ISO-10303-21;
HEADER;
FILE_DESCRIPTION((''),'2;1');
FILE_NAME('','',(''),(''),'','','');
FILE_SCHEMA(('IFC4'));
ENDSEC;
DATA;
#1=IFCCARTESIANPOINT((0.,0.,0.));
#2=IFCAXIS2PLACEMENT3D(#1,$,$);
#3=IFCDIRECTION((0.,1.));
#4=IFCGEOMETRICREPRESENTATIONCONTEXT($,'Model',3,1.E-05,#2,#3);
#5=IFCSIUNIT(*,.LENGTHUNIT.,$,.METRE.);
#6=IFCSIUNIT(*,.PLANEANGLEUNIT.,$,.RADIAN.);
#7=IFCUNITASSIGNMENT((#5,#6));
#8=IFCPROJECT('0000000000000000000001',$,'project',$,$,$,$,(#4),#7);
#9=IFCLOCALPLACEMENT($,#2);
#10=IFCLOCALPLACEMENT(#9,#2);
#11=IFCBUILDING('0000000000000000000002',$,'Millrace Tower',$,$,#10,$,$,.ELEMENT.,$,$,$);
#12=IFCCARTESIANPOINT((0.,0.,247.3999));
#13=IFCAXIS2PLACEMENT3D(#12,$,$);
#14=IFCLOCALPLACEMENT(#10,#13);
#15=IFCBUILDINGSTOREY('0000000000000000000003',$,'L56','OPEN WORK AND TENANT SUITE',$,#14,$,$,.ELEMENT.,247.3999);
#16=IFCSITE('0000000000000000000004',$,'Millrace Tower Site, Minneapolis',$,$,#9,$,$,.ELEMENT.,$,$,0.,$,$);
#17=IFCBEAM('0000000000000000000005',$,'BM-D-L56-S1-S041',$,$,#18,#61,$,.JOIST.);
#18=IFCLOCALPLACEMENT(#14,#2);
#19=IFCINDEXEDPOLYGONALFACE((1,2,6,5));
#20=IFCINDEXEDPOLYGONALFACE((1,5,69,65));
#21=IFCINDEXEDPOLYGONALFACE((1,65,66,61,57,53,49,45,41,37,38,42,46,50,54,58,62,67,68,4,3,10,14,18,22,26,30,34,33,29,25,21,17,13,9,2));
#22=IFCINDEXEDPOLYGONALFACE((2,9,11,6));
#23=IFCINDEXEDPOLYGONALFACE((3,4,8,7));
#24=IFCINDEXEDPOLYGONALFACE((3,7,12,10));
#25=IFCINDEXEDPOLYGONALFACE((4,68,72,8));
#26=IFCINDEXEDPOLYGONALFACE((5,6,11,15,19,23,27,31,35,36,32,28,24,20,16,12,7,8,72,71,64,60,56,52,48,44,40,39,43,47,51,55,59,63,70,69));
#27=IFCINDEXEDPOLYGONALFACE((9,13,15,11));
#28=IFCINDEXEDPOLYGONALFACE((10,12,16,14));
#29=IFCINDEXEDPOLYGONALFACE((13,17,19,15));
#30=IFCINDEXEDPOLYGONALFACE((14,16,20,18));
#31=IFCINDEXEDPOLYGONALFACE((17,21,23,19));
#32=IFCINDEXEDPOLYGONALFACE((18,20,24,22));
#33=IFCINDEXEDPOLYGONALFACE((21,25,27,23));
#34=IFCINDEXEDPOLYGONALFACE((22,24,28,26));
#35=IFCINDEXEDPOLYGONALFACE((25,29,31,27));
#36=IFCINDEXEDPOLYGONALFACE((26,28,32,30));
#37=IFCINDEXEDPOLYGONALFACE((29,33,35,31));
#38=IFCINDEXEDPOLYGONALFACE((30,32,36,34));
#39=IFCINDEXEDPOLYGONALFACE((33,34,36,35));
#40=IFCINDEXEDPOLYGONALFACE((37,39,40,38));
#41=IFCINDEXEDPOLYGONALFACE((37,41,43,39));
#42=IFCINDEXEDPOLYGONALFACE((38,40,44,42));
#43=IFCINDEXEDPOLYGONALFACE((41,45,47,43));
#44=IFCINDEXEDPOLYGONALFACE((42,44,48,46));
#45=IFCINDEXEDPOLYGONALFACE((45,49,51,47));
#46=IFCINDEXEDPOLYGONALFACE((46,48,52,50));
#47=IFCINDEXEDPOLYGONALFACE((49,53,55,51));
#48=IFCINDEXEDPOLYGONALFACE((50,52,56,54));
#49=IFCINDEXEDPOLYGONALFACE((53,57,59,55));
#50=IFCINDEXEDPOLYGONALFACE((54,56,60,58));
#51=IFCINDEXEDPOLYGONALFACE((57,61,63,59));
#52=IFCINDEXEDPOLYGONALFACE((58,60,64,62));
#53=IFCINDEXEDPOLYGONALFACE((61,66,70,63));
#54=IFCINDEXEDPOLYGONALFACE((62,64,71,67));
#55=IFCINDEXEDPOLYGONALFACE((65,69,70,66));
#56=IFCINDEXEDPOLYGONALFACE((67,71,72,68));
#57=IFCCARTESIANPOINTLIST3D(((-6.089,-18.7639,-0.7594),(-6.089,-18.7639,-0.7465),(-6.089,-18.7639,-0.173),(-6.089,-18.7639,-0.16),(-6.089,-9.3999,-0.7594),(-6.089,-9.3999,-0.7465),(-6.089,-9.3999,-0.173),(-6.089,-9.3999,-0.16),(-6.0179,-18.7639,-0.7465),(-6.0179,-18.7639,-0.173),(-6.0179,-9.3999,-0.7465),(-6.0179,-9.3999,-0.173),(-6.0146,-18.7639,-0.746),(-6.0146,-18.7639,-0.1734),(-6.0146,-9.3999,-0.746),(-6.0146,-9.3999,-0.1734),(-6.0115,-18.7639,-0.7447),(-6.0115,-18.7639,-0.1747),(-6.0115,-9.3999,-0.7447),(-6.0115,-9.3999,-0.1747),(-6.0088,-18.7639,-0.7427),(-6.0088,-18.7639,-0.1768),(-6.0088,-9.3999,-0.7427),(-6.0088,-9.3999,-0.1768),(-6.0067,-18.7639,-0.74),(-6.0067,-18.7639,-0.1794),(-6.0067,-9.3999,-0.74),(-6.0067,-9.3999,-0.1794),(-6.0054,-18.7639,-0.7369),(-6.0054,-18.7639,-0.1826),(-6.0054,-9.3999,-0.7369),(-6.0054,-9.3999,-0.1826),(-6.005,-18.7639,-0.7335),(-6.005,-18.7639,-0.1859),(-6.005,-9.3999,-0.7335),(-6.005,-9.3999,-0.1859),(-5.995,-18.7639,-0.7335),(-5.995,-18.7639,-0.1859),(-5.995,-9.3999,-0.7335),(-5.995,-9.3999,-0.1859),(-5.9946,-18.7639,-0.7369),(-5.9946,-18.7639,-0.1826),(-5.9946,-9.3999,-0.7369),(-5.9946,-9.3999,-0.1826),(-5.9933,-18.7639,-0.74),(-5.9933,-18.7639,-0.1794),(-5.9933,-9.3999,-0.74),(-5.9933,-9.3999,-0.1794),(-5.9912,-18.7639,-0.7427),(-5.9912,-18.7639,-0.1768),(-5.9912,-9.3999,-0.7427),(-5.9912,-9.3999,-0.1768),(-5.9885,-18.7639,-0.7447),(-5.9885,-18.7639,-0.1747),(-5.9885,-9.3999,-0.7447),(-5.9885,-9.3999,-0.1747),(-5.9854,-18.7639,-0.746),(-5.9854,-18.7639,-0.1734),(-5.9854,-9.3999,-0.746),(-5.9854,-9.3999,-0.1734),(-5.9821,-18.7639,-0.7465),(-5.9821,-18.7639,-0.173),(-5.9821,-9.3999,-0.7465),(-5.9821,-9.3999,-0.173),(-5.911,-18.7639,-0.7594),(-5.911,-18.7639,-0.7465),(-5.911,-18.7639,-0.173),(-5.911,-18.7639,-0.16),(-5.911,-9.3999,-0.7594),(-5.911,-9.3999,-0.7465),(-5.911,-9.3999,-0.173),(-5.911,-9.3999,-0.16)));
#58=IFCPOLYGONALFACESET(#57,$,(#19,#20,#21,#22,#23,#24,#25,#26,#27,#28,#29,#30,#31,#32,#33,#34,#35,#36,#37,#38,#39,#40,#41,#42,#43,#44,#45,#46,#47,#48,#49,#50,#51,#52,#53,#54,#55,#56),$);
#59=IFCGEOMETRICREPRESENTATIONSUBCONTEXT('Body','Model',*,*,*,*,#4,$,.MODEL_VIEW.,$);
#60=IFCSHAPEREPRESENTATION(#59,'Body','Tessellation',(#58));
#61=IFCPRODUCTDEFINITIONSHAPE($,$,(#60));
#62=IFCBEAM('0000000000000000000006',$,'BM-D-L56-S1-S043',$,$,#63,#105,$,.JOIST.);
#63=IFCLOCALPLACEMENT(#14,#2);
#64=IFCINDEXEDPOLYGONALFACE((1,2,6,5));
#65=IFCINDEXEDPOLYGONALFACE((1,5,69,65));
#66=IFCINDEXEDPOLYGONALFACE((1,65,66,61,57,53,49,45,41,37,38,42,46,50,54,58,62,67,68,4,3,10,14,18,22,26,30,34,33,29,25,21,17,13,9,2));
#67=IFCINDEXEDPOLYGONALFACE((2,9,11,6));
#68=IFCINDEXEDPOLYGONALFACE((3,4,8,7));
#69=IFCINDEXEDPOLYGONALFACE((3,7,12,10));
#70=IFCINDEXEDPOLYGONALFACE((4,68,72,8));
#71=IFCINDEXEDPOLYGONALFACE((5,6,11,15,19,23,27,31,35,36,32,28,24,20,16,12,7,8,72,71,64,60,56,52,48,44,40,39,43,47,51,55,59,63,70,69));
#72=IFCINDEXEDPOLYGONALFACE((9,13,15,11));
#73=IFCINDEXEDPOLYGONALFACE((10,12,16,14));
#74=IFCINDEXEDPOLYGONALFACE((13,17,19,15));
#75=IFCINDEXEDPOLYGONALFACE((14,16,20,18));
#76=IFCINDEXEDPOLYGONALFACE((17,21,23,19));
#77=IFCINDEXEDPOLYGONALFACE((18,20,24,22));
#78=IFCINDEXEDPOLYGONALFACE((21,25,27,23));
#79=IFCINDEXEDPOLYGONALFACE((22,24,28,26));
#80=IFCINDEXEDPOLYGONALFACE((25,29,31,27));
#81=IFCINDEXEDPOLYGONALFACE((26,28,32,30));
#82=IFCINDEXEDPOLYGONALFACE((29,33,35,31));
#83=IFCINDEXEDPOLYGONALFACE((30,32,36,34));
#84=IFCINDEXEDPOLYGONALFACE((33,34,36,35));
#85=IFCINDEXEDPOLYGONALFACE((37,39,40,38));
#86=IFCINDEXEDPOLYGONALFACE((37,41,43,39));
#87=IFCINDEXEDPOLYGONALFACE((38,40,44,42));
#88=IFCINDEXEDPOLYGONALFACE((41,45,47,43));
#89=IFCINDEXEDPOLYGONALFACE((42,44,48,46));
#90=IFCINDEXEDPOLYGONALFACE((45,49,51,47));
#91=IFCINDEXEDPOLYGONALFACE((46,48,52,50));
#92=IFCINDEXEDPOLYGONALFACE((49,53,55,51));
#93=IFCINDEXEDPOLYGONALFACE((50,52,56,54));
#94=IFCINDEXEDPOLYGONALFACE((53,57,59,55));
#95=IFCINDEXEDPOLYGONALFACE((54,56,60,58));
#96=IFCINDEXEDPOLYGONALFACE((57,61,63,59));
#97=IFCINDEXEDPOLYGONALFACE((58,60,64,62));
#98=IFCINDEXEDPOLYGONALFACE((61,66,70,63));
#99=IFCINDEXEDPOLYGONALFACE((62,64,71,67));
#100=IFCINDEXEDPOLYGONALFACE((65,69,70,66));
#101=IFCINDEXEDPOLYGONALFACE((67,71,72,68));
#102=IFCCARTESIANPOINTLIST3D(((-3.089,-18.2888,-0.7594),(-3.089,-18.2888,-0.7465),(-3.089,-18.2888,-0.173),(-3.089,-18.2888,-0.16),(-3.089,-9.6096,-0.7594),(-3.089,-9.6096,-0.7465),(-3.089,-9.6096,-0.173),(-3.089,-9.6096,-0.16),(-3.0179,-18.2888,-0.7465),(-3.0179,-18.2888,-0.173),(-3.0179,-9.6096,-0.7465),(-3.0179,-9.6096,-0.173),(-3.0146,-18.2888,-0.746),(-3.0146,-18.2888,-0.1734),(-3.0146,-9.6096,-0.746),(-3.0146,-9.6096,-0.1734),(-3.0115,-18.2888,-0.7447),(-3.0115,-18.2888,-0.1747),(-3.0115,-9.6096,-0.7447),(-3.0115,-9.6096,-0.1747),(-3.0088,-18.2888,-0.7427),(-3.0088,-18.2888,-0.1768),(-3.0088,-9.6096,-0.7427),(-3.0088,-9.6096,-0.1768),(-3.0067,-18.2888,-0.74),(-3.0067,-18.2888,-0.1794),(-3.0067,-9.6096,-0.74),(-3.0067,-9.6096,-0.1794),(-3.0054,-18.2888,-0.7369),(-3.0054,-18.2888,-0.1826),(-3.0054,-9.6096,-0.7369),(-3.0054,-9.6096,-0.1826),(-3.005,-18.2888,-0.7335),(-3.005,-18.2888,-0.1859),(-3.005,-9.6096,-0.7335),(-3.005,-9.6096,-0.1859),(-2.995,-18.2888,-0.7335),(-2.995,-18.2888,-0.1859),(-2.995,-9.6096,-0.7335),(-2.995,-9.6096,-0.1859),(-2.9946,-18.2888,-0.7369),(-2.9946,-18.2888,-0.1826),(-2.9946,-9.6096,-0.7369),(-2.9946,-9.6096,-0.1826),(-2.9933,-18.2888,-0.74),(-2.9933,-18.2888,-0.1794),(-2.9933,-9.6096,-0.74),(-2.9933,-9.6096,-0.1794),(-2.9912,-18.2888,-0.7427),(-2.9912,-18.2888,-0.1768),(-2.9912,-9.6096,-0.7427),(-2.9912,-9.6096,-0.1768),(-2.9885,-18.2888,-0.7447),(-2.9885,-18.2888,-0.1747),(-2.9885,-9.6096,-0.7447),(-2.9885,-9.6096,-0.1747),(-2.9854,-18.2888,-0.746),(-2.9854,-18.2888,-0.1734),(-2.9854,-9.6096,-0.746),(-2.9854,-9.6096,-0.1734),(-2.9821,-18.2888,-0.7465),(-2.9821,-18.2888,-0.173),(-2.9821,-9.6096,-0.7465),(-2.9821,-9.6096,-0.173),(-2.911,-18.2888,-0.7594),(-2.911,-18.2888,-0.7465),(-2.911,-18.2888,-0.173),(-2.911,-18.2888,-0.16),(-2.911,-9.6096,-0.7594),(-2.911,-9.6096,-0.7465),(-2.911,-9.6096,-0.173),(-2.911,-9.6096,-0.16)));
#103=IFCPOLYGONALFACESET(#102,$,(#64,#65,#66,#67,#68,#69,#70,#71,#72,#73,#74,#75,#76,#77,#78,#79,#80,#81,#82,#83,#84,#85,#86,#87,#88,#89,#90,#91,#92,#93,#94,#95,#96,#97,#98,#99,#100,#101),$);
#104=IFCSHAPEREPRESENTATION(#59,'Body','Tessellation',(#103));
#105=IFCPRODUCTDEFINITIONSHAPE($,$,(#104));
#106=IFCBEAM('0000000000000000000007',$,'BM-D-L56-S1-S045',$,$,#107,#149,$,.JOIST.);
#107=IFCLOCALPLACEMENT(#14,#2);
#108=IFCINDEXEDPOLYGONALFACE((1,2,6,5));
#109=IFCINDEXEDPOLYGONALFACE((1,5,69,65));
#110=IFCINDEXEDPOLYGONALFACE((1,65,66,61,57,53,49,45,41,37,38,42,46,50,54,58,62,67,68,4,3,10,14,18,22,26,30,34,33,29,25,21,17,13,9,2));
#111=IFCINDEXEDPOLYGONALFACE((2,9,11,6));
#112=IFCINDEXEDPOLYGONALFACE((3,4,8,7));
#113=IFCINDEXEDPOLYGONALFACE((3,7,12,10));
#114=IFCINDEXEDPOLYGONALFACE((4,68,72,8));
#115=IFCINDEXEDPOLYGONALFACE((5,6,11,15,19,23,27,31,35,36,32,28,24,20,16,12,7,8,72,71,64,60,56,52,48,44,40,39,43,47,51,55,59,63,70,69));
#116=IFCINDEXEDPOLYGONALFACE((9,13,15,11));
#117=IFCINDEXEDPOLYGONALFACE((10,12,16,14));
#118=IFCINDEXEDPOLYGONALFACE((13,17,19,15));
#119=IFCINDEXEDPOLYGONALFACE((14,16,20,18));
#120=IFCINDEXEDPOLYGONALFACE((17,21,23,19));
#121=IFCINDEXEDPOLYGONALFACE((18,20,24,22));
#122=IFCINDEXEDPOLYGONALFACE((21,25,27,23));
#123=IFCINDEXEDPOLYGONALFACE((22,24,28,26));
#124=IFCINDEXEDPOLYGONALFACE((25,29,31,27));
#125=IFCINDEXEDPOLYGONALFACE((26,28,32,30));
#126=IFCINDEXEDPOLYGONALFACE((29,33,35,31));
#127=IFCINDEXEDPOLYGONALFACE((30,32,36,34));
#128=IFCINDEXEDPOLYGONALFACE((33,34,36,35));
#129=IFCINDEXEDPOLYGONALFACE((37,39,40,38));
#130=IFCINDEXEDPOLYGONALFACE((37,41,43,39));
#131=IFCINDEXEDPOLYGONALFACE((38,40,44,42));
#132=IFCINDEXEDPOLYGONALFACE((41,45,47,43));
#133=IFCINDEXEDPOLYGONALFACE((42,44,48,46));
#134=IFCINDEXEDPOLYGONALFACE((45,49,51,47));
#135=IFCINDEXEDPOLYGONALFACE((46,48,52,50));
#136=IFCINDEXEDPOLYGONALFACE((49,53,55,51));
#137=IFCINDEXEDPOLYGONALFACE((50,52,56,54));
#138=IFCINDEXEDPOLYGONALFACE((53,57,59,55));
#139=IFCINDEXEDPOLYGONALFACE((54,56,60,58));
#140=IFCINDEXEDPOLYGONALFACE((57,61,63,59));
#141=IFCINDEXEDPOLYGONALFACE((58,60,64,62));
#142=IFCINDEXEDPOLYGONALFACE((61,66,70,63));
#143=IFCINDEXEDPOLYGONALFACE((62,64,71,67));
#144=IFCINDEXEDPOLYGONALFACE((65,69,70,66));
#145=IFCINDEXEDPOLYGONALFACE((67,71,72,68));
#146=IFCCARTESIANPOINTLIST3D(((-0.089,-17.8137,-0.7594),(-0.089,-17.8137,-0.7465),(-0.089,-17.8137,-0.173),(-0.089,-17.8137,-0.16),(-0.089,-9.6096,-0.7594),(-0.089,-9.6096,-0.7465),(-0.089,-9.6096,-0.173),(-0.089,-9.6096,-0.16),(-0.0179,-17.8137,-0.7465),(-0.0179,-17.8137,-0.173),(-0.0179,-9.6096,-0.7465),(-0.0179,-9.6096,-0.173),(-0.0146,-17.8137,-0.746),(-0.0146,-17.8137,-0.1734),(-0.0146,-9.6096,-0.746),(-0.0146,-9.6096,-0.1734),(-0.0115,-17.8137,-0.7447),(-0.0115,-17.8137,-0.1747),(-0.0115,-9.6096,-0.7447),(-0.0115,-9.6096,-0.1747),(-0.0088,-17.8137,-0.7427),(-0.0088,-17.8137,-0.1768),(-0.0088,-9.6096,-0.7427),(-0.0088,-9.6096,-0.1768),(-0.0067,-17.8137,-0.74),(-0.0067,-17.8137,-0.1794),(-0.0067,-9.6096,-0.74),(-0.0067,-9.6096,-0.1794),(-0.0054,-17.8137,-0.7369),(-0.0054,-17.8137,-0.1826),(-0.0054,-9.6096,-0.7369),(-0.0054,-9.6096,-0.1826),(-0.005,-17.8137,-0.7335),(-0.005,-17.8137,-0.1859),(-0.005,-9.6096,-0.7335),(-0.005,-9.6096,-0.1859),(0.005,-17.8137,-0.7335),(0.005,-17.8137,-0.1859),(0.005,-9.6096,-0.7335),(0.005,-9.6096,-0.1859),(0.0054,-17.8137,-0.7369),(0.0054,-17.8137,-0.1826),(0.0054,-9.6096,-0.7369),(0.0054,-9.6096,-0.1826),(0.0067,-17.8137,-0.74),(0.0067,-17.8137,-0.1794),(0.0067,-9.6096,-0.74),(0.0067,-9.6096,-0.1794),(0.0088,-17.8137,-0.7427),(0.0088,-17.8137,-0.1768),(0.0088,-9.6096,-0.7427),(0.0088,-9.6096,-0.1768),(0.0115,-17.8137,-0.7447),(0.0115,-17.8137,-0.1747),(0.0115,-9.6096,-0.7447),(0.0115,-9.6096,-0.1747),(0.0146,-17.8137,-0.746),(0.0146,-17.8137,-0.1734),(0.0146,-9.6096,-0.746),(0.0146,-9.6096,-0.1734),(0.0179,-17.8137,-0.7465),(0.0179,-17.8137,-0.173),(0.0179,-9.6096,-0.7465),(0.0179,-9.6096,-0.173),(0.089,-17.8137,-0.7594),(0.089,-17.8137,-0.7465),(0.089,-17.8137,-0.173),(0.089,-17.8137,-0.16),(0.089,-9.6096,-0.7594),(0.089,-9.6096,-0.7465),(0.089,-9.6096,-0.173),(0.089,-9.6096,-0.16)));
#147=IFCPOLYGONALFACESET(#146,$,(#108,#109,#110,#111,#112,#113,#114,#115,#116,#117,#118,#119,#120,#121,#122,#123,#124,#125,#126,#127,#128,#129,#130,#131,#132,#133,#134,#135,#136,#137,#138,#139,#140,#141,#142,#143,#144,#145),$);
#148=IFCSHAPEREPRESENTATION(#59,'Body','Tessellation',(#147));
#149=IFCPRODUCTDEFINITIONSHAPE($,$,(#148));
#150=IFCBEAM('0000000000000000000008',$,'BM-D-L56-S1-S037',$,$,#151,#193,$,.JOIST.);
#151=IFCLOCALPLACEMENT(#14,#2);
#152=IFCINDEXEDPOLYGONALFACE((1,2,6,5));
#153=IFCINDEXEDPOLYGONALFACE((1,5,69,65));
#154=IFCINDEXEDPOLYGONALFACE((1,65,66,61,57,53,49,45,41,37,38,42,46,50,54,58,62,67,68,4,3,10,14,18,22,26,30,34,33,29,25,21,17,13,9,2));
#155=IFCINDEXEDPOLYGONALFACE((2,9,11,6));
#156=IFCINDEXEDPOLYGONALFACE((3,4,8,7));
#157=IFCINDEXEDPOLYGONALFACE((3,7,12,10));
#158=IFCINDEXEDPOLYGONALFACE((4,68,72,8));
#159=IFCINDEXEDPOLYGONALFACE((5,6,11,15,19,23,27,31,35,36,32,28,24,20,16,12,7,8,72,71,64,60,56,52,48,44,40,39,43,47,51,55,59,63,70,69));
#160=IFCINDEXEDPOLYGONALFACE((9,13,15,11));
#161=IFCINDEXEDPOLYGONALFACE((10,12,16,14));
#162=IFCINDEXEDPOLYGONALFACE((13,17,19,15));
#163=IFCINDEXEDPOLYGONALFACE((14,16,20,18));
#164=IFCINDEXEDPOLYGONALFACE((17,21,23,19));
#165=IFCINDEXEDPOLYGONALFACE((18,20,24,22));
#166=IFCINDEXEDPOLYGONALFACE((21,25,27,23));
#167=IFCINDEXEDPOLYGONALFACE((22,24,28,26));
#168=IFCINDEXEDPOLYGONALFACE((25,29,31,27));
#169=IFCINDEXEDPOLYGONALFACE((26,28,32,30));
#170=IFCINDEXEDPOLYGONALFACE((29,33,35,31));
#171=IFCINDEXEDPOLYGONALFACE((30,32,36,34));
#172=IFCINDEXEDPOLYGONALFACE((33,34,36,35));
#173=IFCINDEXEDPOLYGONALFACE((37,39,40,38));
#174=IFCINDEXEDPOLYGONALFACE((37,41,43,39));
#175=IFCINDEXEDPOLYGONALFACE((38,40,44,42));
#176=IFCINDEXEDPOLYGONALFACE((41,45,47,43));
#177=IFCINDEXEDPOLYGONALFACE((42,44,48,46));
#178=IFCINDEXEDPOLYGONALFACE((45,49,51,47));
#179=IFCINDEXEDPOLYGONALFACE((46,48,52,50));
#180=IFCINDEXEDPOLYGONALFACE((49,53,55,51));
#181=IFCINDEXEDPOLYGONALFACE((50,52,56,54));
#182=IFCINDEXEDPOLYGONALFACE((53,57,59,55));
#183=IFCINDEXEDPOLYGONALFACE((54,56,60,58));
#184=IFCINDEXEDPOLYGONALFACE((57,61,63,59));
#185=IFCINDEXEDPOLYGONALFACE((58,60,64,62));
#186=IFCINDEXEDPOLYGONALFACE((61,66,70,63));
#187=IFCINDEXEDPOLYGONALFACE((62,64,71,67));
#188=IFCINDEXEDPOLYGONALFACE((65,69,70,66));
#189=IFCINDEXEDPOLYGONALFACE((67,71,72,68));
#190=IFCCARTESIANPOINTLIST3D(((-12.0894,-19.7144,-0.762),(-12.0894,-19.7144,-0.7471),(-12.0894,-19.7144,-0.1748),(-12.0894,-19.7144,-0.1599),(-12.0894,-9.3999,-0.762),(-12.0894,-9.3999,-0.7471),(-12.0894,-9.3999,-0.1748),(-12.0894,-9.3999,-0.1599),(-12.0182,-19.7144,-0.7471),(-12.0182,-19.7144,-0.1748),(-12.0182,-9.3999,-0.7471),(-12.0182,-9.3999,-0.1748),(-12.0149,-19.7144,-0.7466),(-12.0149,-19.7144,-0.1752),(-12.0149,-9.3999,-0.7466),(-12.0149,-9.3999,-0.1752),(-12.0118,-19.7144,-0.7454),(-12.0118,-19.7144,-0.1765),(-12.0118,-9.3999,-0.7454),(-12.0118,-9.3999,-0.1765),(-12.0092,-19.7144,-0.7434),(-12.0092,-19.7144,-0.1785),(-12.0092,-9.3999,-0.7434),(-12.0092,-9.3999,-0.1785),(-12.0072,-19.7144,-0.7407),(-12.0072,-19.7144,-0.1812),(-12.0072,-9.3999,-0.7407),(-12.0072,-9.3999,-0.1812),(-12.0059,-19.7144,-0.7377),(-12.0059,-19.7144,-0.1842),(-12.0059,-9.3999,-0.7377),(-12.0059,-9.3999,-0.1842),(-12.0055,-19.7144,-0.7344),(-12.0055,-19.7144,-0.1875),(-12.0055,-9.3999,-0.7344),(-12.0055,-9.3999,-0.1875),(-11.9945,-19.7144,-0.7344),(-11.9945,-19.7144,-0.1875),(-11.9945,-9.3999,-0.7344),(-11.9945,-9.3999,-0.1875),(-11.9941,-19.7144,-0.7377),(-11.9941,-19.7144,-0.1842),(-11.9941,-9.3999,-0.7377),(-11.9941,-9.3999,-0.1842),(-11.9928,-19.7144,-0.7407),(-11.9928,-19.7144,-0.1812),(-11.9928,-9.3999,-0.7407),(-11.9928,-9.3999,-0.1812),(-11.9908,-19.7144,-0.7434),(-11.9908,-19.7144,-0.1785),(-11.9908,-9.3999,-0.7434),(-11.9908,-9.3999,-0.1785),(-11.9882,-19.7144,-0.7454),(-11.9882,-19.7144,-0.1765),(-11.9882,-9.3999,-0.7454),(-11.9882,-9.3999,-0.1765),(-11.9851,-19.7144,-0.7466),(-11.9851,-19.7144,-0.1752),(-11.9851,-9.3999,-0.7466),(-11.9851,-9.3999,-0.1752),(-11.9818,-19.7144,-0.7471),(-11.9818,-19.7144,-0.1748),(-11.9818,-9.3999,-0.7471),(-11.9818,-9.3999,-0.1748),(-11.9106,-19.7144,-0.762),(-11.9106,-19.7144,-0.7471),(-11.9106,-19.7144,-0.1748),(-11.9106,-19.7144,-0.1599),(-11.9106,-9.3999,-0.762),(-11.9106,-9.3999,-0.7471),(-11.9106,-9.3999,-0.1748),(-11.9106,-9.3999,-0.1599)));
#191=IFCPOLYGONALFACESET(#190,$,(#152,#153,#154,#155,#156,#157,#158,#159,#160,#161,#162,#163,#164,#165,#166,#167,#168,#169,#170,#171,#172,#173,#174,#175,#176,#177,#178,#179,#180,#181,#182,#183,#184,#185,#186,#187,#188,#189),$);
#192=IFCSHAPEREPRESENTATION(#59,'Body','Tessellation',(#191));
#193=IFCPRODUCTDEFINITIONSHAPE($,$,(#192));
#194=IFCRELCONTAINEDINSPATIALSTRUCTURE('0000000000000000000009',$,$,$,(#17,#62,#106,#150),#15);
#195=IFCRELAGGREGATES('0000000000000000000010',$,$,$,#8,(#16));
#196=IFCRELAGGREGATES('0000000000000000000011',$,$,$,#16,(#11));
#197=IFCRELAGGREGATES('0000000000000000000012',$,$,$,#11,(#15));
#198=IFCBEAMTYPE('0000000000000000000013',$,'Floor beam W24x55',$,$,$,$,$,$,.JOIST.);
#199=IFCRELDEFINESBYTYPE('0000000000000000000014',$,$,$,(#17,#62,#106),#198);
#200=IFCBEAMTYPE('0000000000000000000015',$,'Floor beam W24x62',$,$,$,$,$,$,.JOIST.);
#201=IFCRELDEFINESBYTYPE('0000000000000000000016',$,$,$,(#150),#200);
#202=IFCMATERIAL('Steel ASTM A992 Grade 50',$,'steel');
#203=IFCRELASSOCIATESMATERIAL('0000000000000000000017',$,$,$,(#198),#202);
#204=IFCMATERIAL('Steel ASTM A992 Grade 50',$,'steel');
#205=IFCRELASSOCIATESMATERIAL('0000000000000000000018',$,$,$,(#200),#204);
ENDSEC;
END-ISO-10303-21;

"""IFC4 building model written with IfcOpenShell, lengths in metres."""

from ifc_helpers import new_model, si_unit, direction, frame, origin, origin_2d, place, context, subcontext, project, spatial, i_section, extrude, material, material_profile, profile_set, type_object, element, save


model = new_model("IFC4")

# Units and contexts
model_context = context("Model", 3, precision=1e-05, world=origin(), true_north=direction((0.0, 1.0)))
body_context = subcontext(model_context, "Body", "Model", "MODEL_VIEW")
ifc_project = project(units=[si_unit("LENGTHUNIT", "METRE"), si_unit("PLANEANGLEUNIT", "RADIAN")], contexts=[model_context])

# Site, building, storey
site_placement = place(None, origin())
site = spatial("IfcSite", under=ifc_project, at=site_placement, Name="Millrace Tower Site, Minneapolis", CompositionType="ELEMENT", RefElevation=0.0)
building_placement = place(site_placement, origin())
building = spatial("IfcBuilding", under=site, at=building_placement, Name="Millrace Tower", CompositionType="ELEMENT")
storey_placement = place(building_placement, frame((0.0, 0.0, 247.3999)))
storey = spatial("IfcBuildingStorey", under=building, at=storey_placement, Name="L56", Description="OPEN WORK AND TENANT SUITE", CompositionType="ELEMENT", Elevation=247.3999)

# Beams
ifc_material_1 = material(Name="Steel ASTM A992 Grade 50", Category="steel")
ifc_material_profile_1 = material_profile(ifc_material_1, i_section(OverallWidth=0.178, OverallDepth=0.5994, WebThickness=0.01, FlangeThickness=0.0129, FilletRadius=0.0129, at=origin_2d()))
ifc_profile_set_1 = profile_set([ifc_material_profile_1], Name="Steel ASTM A992 Grade 50")
beam_type_1 = type_object("IfcBeamType", Name="Floor beam W24x55", PredefinedType="JOIST", material=ifc_profile_set_1)
beam_1_placement = place(storey_placement, frame((-6.0, -18.7639, -0.4597), z_axis=(0.0, 1.0, 0.0), x_axis=(-1.0, 0.0, 0.0)))
element("IfcBeam", 1, at=beam_1_placement, inside=storey, type_object=beam_type_1, Name="BM-D-L56-S1-S041", PredefinedType="JOIST", context=body_context, shape_type="SweptSolid", body=[
    extrude(i_section(OverallWidth=0.178, OverallDepth=0.5994, WebThickness=0.01, FlangeThickness=0.0129, FilletRadius=0.0129, at=origin_2d()), origin(), (0.0, 0.0, 1.0), 9.364),
])
beam_2_placement = place(storey_placement, frame((-3.0, -18.2888, -0.4597), z_axis=(0.0, 1.0, 0.0), x_axis=(-1.0, 0.0, 0.0)))
element("IfcBeam", 2, at=beam_2_placement, inside=storey, type_object=beam_type_1, Name="BM-D-L56-S1-S043", PredefinedType="JOIST", context=body_context, shape_type="SweptSolid", body=[
    extrude(i_section(OverallWidth=0.178, OverallDepth=0.5994, WebThickness=0.01, FlangeThickness=0.0129, FilletRadius=0.0129, at=origin_2d()), origin(), (0.0, 0.0, 1.0), 8.6792),
])
beam_3_placement = place(storey_placement, frame((0.0, -17.8137, -0.4597), z_axis=(0.0, 1.0, 0.0), x_axis=(-1.0, 0.0, 0.0)))
element("IfcBeam", 3, at=beam_3_placement, inside=storey, type_object=beam_type_1, Name="BM-D-L56-S1-S045", PredefinedType="JOIST", context=body_context, shape_type="SweptSolid", body=[
    extrude(i_section(OverallWidth=0.178, OverallDepth=0.5994, WebThickness=0.01, FlangeThickness=0.0129, FilletRadius=0.0129, at=origin_2d()), origin(), (0.0, 0.0, 1.0), 8.2041),
])
ifc_material_2 = material(Name="Steel ASTM A992 Grade 50", Category="steel")
ifc_material_profile_2 = material_profile(ifc_material_2, i_section(OverallWidth=0.1787, OverallDepth=0.6021, WebThickness=0.011, FlangeThickness=0.0149, FilletRadius=0.0127, at=origin_2d()))
ifc_profile_set_2 = profile_set([ifc_material_profile_2], Name="Steel ASTM A992 Grade 50")
beam_type_2 = type_object("IfcBeamType", Name="Floor beam W24x62", PredefinedType="JOIST", material=ifc_profile_set_2)
beam_4_placement = place(storey_placement, frame((-12.0, -19.7144, -0.4609), z_axis=(0.0, 1.0, 0.0), x_axis=(-1.0, 0.0, 0.0)))
element("IfcBeam", 4, at=beam_4_placement, inside=storey, type_object=beam_type_2, Name="BM-D-L56-S1-S037", PredefinedType="JOIST", context=body_context, shape_type="SweptSolid", body=[
    extrude(i_section(OverallWidth=0.1787, OverallDepth=0.6021, WebThickness=0.011, FlangeThickness=0.0149, FilletRadius=0.0127, at=origin_2d()), origin(), (0.0, 0.0, 1.0), 10.3145),
])

save(model, "model.ifc")
